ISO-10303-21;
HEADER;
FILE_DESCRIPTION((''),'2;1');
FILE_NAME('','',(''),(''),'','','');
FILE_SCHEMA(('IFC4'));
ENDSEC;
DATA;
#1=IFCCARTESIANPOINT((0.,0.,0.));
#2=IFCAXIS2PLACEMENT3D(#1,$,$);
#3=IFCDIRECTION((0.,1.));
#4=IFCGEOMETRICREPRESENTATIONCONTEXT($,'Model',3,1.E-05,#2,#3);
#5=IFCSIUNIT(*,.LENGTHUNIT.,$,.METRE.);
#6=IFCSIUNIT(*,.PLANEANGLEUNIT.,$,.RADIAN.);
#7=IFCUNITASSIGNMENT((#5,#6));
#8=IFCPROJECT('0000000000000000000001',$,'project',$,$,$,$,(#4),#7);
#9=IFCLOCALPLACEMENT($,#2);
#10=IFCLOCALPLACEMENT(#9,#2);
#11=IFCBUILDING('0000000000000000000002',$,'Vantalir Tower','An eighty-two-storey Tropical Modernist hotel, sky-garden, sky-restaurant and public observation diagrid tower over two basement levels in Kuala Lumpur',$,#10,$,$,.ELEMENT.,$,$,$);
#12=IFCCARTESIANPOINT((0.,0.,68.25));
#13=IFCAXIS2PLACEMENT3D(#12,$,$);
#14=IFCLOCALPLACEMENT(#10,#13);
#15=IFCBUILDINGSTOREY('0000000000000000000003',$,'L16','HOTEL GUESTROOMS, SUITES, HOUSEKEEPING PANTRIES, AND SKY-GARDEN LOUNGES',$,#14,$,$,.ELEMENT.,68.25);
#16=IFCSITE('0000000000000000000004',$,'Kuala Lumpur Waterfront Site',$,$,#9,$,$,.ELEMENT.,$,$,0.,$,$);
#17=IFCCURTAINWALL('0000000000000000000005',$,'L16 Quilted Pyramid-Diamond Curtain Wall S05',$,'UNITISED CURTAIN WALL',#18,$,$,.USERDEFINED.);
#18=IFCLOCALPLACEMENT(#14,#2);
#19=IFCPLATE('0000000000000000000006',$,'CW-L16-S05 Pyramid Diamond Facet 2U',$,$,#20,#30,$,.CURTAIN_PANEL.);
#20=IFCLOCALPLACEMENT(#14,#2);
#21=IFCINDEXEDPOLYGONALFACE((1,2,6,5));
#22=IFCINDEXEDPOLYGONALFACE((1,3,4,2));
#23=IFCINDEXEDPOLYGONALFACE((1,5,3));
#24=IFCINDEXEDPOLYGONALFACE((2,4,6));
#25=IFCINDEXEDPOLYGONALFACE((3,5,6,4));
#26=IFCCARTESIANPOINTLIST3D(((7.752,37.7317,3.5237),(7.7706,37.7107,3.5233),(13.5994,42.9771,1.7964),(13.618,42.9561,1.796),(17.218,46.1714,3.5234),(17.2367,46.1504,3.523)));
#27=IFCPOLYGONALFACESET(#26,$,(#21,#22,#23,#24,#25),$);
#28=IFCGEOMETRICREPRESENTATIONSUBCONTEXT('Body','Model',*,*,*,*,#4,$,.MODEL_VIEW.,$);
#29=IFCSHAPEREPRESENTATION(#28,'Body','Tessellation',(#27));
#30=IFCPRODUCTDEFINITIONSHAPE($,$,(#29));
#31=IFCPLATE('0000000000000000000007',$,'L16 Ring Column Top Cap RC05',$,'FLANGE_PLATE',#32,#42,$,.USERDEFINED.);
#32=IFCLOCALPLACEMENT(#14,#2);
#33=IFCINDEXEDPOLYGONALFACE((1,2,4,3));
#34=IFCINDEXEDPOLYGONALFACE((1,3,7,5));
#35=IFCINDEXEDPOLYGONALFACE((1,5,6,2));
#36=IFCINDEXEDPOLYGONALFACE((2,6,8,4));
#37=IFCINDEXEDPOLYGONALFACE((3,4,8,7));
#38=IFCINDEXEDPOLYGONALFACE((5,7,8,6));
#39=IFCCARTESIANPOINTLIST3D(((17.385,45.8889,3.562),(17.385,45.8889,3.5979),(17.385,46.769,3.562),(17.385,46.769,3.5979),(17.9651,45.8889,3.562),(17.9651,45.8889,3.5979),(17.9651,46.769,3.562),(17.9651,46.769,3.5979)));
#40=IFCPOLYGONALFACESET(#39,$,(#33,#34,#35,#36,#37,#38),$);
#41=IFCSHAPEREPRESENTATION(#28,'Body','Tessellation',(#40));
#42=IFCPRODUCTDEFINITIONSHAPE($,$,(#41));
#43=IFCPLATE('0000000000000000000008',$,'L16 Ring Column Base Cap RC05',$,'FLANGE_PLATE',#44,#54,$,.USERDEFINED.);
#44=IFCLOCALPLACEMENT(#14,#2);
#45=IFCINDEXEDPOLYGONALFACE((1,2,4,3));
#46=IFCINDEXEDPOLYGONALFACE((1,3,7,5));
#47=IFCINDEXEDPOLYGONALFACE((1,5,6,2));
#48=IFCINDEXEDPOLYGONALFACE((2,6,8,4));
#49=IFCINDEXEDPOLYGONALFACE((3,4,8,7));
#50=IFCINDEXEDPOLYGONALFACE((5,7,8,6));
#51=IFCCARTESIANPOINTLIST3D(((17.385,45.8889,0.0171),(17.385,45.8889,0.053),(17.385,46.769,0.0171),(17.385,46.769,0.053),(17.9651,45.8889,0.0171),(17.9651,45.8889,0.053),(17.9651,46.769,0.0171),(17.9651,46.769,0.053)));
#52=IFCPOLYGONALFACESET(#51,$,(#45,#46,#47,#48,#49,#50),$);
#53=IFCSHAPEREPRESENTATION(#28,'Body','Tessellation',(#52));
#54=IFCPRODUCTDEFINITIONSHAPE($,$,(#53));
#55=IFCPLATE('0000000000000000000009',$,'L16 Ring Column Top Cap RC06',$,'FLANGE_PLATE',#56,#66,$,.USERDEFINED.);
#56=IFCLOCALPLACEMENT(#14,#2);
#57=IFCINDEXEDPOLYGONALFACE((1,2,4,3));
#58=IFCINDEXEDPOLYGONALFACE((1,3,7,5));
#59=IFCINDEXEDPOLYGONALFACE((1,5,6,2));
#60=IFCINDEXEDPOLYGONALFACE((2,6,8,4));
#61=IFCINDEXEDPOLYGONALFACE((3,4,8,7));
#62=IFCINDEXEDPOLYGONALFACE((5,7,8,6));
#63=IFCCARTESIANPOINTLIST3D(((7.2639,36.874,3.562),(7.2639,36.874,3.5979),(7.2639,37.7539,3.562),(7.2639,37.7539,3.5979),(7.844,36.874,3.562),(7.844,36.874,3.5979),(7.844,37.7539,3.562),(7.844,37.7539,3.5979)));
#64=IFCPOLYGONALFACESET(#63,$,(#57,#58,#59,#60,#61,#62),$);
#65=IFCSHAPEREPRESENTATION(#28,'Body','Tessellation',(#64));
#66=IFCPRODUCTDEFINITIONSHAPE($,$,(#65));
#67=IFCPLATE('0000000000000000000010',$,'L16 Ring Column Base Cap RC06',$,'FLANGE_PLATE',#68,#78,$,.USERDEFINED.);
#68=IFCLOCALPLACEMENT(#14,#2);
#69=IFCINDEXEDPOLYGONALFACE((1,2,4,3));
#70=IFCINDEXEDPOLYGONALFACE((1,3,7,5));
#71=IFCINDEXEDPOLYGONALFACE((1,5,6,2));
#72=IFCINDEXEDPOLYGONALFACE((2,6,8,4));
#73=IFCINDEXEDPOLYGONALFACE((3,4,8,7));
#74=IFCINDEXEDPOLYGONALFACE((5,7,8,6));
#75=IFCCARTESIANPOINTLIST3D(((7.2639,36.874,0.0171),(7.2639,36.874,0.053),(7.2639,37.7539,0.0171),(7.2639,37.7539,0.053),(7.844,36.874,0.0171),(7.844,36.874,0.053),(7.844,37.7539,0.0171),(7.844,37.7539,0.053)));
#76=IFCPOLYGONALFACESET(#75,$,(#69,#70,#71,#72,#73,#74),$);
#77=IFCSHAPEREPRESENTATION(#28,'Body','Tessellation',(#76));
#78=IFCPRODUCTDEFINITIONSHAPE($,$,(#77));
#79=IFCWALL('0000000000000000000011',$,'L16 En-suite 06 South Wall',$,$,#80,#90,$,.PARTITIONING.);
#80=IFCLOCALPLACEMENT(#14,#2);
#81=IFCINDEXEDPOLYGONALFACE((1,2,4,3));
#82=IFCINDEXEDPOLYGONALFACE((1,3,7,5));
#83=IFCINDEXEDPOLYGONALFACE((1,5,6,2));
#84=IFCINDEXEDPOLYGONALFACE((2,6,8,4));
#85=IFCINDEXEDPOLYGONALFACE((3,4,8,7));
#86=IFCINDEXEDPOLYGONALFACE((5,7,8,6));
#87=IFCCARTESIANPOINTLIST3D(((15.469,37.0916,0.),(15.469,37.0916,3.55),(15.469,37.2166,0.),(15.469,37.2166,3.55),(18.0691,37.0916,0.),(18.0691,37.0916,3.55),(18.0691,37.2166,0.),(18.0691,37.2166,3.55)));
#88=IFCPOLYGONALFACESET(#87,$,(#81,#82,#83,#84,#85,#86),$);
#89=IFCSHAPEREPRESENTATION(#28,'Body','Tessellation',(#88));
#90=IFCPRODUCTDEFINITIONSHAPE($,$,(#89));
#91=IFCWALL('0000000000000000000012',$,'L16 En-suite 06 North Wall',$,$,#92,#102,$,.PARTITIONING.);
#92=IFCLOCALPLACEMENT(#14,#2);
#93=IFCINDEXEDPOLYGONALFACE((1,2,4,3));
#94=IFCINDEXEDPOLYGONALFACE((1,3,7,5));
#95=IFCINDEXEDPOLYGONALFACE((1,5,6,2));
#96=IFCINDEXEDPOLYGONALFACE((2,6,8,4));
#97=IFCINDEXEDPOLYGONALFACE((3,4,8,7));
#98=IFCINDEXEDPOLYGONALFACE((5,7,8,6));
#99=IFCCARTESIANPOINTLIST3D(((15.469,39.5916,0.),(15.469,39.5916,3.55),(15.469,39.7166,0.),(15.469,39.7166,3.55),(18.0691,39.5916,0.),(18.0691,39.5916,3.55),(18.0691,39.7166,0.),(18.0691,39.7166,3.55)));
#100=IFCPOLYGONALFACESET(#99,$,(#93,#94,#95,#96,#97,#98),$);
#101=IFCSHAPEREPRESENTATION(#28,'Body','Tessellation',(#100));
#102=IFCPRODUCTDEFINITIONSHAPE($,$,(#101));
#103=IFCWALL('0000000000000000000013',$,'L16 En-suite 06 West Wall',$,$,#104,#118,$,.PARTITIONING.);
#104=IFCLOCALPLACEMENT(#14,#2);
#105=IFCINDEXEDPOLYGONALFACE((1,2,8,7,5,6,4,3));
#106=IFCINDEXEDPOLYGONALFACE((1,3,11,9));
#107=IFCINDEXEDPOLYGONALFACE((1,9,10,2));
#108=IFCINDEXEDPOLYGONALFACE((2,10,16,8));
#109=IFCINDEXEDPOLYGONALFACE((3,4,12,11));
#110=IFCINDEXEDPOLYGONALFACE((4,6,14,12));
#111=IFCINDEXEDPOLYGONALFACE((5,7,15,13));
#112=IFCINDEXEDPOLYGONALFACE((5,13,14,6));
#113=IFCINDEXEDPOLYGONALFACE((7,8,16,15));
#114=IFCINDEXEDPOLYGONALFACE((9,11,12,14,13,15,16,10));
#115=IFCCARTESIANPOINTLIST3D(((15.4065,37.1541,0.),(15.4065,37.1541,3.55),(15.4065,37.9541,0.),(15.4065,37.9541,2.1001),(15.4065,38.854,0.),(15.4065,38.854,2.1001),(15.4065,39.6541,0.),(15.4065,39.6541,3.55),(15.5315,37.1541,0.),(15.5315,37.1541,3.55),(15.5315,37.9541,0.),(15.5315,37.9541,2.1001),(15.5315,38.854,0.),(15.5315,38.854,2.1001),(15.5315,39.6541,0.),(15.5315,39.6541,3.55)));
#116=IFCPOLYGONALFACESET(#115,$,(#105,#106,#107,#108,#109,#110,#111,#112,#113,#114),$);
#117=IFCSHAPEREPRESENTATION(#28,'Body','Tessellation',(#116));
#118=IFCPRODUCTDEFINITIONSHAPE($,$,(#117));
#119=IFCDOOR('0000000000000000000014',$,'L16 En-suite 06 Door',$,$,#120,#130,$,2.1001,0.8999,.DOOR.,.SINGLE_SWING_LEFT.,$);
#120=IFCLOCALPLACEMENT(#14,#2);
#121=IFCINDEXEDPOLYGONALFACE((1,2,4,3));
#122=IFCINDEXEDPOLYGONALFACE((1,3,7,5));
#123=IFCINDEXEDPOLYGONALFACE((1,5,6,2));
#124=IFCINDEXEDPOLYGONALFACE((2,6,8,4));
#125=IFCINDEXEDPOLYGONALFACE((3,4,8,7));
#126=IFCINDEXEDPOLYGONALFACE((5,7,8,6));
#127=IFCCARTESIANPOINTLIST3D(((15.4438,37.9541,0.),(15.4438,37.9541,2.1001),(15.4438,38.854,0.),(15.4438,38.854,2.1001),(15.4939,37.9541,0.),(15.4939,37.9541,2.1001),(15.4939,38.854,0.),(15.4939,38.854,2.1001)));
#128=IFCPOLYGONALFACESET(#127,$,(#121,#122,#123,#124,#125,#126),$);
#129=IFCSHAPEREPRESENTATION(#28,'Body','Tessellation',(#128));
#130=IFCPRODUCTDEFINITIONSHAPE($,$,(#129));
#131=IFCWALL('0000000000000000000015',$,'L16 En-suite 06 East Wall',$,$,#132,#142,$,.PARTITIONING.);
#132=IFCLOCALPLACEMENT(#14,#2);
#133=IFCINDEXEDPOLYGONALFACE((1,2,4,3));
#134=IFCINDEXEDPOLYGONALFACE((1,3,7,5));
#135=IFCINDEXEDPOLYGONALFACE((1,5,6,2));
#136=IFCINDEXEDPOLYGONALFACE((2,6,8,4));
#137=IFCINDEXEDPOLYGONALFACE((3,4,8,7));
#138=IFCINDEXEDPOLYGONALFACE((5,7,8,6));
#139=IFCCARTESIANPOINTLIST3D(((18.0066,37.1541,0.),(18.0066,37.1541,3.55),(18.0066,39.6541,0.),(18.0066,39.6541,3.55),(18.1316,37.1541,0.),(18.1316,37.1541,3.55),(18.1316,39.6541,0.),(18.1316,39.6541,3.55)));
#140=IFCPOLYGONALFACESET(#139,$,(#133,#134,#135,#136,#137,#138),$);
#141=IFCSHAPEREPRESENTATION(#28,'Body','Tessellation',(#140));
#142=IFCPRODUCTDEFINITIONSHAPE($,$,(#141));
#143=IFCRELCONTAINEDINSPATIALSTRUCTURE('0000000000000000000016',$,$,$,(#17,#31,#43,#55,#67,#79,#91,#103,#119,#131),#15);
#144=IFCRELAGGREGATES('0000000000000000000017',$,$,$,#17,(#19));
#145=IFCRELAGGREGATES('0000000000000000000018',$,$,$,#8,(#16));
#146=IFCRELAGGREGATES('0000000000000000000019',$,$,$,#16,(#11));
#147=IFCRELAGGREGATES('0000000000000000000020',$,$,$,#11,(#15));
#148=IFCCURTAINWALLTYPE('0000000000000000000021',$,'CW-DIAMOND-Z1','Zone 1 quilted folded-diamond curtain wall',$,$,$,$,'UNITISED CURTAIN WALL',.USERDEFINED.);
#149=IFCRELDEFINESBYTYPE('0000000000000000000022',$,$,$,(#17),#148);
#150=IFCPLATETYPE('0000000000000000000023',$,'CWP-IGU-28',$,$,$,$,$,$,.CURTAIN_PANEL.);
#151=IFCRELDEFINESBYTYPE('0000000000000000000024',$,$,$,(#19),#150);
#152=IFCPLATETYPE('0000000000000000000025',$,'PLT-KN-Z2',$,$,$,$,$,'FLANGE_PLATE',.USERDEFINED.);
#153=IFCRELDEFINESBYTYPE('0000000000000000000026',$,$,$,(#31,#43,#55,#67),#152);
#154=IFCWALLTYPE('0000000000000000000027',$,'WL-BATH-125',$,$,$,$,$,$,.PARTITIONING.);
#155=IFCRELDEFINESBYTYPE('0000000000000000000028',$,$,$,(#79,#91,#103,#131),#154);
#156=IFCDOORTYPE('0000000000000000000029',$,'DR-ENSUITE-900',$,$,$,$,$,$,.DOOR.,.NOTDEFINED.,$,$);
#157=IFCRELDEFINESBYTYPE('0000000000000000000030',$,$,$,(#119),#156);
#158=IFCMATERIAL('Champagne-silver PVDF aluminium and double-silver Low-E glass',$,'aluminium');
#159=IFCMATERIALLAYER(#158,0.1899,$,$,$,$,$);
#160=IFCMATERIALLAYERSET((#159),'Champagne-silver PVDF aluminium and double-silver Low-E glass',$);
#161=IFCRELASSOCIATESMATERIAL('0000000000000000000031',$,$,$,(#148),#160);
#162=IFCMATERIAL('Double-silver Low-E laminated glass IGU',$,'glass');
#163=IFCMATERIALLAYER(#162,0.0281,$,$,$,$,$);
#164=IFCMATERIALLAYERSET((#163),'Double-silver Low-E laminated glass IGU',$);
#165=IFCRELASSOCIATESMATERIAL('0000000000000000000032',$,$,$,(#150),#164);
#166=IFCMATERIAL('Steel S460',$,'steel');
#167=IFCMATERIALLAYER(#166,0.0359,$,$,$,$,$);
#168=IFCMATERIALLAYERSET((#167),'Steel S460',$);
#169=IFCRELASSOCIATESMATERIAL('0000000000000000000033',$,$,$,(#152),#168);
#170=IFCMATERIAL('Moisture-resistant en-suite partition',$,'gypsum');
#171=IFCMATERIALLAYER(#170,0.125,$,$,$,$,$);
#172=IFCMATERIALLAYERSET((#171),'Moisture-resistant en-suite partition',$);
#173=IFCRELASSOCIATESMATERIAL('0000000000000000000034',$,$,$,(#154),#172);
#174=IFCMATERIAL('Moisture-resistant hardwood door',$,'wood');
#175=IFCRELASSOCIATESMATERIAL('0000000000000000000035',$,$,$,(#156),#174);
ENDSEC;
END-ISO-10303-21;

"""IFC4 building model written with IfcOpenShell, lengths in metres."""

from ifc_helpers import new_model, si_unit, direction, frame, frame_2d, origin, place, context, subcontext, project, spatial, polyline, rectangle, outline, extrude, material, layer, layer_set, type_object, element, fill, aggregate, save


model = new_model("IFC4")

# Units and contexts
model_context = context("Model", 3, precision=1e-05, world=origin(), true_north=direction((0.0, 1.0)))
body_context = subcontext(model_context, "Body", "Model", "MODEL_VIEW")
ifc_project = project(units=[si_unit("LENGTHUNIT", "METRE"), si_unit("PLANEANGLEUNIT", "RADIAN")], contexts=[model_context])

# Site, building, storey
site_placement = place(None, origin())
site = spatial("IfcSite", under=ifc_project, at=site_placement, Name="Kuala Lumpur Waterfront Site", CompositionType="ELEMENT", RefElevation=0.0)
building_placement = place(site_placement, origin())
building = spatial("IfcBuilding", under=site, at=building_placement, Name="Vantalir Tower", Description="An eighty-two-storey Tropical Modernist hotel, sky-garden, sky-restaurant and public observation diagrid tower over two basement levels in Kuala Lumpur", CompositionType="ELEMENT")
storey_placement = place(building_placement, frame((0.0, 0.0, 68.25)))
storey = spatial("IfcBuildingStorey", under=building, at=storey_placement, Name="L16", Description="HOTEL GUESTROOMS, SUITES, HOUSEKEEPING PANTRIES, AND SKY-GARDEN LOUNGES", CompositionType="ELEMENT", Elevation=68.25)

# Shared definitions
ifc_material_1 = material(Name="Steel S460", Category="steel")

# Shared definitions
ifc_material_2 = material(Name="Champagne-silver PVDF aluminium and double-silver Low-E glass", Category="aluminium")
ifc_layer_1 = layer(ifc_material_2, 0.1899)
ifc_layer_set_1 = layer_set([ifc_layer_1], Name="Champagne-silver PVDF aluminium and double-silver Low-E glass")
curtain_wall_type = type_object("IfcCurtainWallType", Name="CW-DIAMOND-Z1", Description="Zone 1 quilted folded-diamond curtain wall", ElementType="UNITISED CURTAIN WALL", PredefinedType="USERDEFINED", material=ifc_layer_set_1)

# Curtain wall
curtain_wall_1_placement = place(storey_placement, origin())
curtain_wall_1 = element("IfcCurtainWall", 1, at=curtain_wall_1_placement, inside=storey, type_object=curtain_wall_type, Name="L16 Quilted Pyramid-Diamond Curtain Wall S05", ObjectType="UNITISED CURTAIN WALL", PredefinedType="USERDEFINED")

# Plate
ifc_material_3 = material(Name="Double-silver Low-E laminated glass IGU", Category="glass")
ifc_layer_2 = layer(ifc_material_3, 0.0281)
ifc_layer_set_2 = layer_set([ifc_layer_2], Name="Double-silver Low-E laminated glass IGU")
plate_type_1 = type_object("IfcPlateType", Name="CWP-IGU-28", PredefinedType="CURTAIN_PANEL", material=ifc_layer_set_2)
plate_1_placement = place(storey_placement, frame((7.752, 37.7317, 3.5237), z_axis=(-0.665419, 0.746342, 0.013811), x_axis=(0.746413, 0.665483, -0.000019)))
plate_1 = element("IfcPlate", 2, at=plate_1_placement, type_object=plate_type_1, Name="CW-L16-S05 Pyramid Diamond Facet 2U", PredefinedType="CURTAIN_PANEL", context=body_context, shape_type="SweptSolid", body=[
    extrude(outline(polyline([(0.0, 0.0), (12.6821, 0.0), (7.8553, 1.7273), (0.0, 0.0)])), origin(), (0.0, 0.0, -1.0), 0.0281),
])
aggregate(curtain_wall_1, [plate_1])

# Plates
ifc_layer_3 = layer(ifc_material_1, 0.0359)
ifc_layer_set_3 = layer_set([ifc_layer_3], Name="Steel S460")
plate_type_2 = type_object("IfcPlateType", Name="PLT-KN-Z2", ElementType="FLANGE_PLATE", PredefinedType="USERDEFINED", material=ifc_layer_set_3)
for number, where, z_axis, x_axis, name in (
    (3, (17.385, 46.769, 3.5979), (0.0, 0.0, 1.0), (0.0, -1.0, 0.0), "L16 Ring Column Top Cap RC05"),
    (4, (17.385, 46.769, 0.053), (0.0, 0.0, 1.0), (0.0, -1.0, 0.0), "L16 Ring Column Base Cap RC05"),
):
    element("IfcPlate", number, at=place(storey_placement, frame(where, z_axis=z_axis, x_axis=x_axis)), inside=storey, type_object=plate_type_2, Name=name, ObjectType="FLANGE_PLATE", PredefinedType="USERDEFINED", context=body_context, shape_type="SweptSolid", body=[
        extrude(outline(polyline([(0.0, 0.0), (0.8801, 0.0), (0.8801, 0.5801), (0.0, 0.5801), (0.0, 0.0)])), origin(), (0.0, 0.0, -1.0), 0.0359),
    ])
for number, where, z_axis, x_axis, name in (
    (5, (7.2639, 37.7539, 3.5979), (0.0, 0.0, 1.0), (0.0, -1.0, 0.0), "L16 Ring Column Top Cap RC06"),
    (6, (7.2639, 37.7539, 0.053), (0.0, 0.0, 1.0), (0.0, -1.0, 0.0), "L16 Ring Column Base Cap RC06"),
):
    element("IfcPlate", number, at=place(storey_placement, frame(where, z_axis=z_axis, x_axis=x_axis)), inside=storey, type_object=plate_type_2, Name=name, ObjectType="FLANGE_PLATE", PredefinedType="USERDEFINED", context=body_context, shape_type="SweptSolid", body=[
        extrude(outline(polyline([(0.0, 0.0), (0.8799, 0.0), (0.8799, 0.5801), (0.0, 0.5801), (0.0, 0.0)])), origin(), (0.0, 0.0, -1.0), 0.0359),
    ])

# Walls
ifc_material_4 = material(Name="Moisture-resistant en-suite partition", Category="gypsum")
ifc_layer_4 = layer(ifc_material_4, 0.125)
ifc_layer_set_4 = layer_set([ifc_layer_4], Name="Moisture-resistant en-suite partition")
wall_type = type_object("IfcWallType", Name="WL-BATH-125", PredefinedType="PARTITIONING", material=ifc_layer_set_4)
for number, where, z_axis, x_axis, name in (
    (7, (15.469, 37.1541, 0.0), (0.0, 0.0, 1.0), (1.0, 0.0, 0.0), "L16 En-suite 06 South Wall"),
    (8, (15.469, 39.6541, 0.0), (0.0, 0.0, 1.0), (1.0, 0.0, 0.0), "L16 En-suite 06 North Wall"),
):
    element("IfcWall", number, at=place(storey_placement, frame(where, z_axis=z_axis, x_axis=x_axis)), inside=storey, type_object=wall_type, Name=name, PredefinedType="PARTITIONING", context=body_context, shape_type="SweptSolid", body=[
        extrude(rectangle(XDim=2.6001, YDim=0.125, at=frame_2d((1.3, 0.0))), origin(), (0.0, 0.0, 1.0), 3.55),
    ])

# Wall, opening, door
wall_1_placement = place(storey_placement, frame((15.469, 37.1541, 0.0), z_axis=(0.0, 0.0, 1.0), x_axis=(0.0, 1.0, 0.0)))
wall_1 = element("IfcWall", 9, at=wall_1_placement, inside=storey, type_object=wall_type, Name="L16 En-suite 06 West Wall", PredefinedType="PARTITIONING", context=body_context, shape_type="SweptSolid", body=[
    extrude(rectangle(XDim=2.5, YDim=0.125, at=frame_2d((1.25, 0.0))), origin(), (0.0, 0.0, 1.0), 3.55),
])
opening_placement = place(wall_1_placement, frame((0.8, 0.0, 0.0)))
opening = element("IfcOpeningElement", 10, at=opening_placement, cuts=wall_1, PredefinedType="OPENING", context=body_context, shape_type="SweptSolid", body=[
    extrude(rectangle(XDim=0.8999, YDim=2.1001, at=frame_2d((0.45, 1.05))), frame((0.0, 0.0725, 0.0), z_axis=(0.0, -1.0, 0.0), x_axis=(1.0, 0.0, 0.0)), (0.0, 0.0, 1.0), 0.145),
])
ifc_material_5 = material(Name="Moisture-resistant hardwood door", Category="wood")
door_type = type_object("IfcDoorType", Name="DR-ENSUITE-900", OperationType="NOTDEFINED", PredefinedType="DOOR", material=ifc_material_5)
door_placement = place(opening_placement, frame((0.8999, 0.0, 0.0), z_axis=(0.0, 0.0, 1.0), x_axis=(-1.0, 0.0, 0.0)))
door = element("IfcDoor", 11, at=door_placement, inside=storey, type_object=door_type, Name="L16 En-suite 06 Door", OperationType="SINGLE_SWING_LEFT", OverallHeight=2.1001, OverallWidth=0.8999, PredefinedType="DOOR", context=body_context, shape_type="SweptSolid", body=[
    extrude(rectangle(XDim=0.8999, YDim=2.1001, at=frame_2d((0.45, 1.05))), frame((0.0, 0.0249, 0.0), z_axis=(0.0, -1.0, 0.0), x_axis=(1.0, 0.0, 0.0)), (0.0, 0.0, 1.0), 0.05),
])
fill(opening, door)

# Wall
wall_2_placement = place(storey_placement, frame((18.0691, 37.1541, 0.0), z_axis=(0.0, 0.0, 1.0), x_axis=(0.0, 1.0, 0.0)))
element("IfcWall", 12, at=wall_2_placement, inside=storey, type_object=wall_type, Name="L16 En-suite 06 East Wall", PredefinedType="PARTITIONING", context=body_context, shape_type="SweptSolid", body=[
    extrude(rectangle(XDim=2.5, YDim=0.125, at=frame_2d((1.25, 0.0))), origin(), (0.0, 0.0, 1.0), 3.55),
])

save(model, "model.ifc")
